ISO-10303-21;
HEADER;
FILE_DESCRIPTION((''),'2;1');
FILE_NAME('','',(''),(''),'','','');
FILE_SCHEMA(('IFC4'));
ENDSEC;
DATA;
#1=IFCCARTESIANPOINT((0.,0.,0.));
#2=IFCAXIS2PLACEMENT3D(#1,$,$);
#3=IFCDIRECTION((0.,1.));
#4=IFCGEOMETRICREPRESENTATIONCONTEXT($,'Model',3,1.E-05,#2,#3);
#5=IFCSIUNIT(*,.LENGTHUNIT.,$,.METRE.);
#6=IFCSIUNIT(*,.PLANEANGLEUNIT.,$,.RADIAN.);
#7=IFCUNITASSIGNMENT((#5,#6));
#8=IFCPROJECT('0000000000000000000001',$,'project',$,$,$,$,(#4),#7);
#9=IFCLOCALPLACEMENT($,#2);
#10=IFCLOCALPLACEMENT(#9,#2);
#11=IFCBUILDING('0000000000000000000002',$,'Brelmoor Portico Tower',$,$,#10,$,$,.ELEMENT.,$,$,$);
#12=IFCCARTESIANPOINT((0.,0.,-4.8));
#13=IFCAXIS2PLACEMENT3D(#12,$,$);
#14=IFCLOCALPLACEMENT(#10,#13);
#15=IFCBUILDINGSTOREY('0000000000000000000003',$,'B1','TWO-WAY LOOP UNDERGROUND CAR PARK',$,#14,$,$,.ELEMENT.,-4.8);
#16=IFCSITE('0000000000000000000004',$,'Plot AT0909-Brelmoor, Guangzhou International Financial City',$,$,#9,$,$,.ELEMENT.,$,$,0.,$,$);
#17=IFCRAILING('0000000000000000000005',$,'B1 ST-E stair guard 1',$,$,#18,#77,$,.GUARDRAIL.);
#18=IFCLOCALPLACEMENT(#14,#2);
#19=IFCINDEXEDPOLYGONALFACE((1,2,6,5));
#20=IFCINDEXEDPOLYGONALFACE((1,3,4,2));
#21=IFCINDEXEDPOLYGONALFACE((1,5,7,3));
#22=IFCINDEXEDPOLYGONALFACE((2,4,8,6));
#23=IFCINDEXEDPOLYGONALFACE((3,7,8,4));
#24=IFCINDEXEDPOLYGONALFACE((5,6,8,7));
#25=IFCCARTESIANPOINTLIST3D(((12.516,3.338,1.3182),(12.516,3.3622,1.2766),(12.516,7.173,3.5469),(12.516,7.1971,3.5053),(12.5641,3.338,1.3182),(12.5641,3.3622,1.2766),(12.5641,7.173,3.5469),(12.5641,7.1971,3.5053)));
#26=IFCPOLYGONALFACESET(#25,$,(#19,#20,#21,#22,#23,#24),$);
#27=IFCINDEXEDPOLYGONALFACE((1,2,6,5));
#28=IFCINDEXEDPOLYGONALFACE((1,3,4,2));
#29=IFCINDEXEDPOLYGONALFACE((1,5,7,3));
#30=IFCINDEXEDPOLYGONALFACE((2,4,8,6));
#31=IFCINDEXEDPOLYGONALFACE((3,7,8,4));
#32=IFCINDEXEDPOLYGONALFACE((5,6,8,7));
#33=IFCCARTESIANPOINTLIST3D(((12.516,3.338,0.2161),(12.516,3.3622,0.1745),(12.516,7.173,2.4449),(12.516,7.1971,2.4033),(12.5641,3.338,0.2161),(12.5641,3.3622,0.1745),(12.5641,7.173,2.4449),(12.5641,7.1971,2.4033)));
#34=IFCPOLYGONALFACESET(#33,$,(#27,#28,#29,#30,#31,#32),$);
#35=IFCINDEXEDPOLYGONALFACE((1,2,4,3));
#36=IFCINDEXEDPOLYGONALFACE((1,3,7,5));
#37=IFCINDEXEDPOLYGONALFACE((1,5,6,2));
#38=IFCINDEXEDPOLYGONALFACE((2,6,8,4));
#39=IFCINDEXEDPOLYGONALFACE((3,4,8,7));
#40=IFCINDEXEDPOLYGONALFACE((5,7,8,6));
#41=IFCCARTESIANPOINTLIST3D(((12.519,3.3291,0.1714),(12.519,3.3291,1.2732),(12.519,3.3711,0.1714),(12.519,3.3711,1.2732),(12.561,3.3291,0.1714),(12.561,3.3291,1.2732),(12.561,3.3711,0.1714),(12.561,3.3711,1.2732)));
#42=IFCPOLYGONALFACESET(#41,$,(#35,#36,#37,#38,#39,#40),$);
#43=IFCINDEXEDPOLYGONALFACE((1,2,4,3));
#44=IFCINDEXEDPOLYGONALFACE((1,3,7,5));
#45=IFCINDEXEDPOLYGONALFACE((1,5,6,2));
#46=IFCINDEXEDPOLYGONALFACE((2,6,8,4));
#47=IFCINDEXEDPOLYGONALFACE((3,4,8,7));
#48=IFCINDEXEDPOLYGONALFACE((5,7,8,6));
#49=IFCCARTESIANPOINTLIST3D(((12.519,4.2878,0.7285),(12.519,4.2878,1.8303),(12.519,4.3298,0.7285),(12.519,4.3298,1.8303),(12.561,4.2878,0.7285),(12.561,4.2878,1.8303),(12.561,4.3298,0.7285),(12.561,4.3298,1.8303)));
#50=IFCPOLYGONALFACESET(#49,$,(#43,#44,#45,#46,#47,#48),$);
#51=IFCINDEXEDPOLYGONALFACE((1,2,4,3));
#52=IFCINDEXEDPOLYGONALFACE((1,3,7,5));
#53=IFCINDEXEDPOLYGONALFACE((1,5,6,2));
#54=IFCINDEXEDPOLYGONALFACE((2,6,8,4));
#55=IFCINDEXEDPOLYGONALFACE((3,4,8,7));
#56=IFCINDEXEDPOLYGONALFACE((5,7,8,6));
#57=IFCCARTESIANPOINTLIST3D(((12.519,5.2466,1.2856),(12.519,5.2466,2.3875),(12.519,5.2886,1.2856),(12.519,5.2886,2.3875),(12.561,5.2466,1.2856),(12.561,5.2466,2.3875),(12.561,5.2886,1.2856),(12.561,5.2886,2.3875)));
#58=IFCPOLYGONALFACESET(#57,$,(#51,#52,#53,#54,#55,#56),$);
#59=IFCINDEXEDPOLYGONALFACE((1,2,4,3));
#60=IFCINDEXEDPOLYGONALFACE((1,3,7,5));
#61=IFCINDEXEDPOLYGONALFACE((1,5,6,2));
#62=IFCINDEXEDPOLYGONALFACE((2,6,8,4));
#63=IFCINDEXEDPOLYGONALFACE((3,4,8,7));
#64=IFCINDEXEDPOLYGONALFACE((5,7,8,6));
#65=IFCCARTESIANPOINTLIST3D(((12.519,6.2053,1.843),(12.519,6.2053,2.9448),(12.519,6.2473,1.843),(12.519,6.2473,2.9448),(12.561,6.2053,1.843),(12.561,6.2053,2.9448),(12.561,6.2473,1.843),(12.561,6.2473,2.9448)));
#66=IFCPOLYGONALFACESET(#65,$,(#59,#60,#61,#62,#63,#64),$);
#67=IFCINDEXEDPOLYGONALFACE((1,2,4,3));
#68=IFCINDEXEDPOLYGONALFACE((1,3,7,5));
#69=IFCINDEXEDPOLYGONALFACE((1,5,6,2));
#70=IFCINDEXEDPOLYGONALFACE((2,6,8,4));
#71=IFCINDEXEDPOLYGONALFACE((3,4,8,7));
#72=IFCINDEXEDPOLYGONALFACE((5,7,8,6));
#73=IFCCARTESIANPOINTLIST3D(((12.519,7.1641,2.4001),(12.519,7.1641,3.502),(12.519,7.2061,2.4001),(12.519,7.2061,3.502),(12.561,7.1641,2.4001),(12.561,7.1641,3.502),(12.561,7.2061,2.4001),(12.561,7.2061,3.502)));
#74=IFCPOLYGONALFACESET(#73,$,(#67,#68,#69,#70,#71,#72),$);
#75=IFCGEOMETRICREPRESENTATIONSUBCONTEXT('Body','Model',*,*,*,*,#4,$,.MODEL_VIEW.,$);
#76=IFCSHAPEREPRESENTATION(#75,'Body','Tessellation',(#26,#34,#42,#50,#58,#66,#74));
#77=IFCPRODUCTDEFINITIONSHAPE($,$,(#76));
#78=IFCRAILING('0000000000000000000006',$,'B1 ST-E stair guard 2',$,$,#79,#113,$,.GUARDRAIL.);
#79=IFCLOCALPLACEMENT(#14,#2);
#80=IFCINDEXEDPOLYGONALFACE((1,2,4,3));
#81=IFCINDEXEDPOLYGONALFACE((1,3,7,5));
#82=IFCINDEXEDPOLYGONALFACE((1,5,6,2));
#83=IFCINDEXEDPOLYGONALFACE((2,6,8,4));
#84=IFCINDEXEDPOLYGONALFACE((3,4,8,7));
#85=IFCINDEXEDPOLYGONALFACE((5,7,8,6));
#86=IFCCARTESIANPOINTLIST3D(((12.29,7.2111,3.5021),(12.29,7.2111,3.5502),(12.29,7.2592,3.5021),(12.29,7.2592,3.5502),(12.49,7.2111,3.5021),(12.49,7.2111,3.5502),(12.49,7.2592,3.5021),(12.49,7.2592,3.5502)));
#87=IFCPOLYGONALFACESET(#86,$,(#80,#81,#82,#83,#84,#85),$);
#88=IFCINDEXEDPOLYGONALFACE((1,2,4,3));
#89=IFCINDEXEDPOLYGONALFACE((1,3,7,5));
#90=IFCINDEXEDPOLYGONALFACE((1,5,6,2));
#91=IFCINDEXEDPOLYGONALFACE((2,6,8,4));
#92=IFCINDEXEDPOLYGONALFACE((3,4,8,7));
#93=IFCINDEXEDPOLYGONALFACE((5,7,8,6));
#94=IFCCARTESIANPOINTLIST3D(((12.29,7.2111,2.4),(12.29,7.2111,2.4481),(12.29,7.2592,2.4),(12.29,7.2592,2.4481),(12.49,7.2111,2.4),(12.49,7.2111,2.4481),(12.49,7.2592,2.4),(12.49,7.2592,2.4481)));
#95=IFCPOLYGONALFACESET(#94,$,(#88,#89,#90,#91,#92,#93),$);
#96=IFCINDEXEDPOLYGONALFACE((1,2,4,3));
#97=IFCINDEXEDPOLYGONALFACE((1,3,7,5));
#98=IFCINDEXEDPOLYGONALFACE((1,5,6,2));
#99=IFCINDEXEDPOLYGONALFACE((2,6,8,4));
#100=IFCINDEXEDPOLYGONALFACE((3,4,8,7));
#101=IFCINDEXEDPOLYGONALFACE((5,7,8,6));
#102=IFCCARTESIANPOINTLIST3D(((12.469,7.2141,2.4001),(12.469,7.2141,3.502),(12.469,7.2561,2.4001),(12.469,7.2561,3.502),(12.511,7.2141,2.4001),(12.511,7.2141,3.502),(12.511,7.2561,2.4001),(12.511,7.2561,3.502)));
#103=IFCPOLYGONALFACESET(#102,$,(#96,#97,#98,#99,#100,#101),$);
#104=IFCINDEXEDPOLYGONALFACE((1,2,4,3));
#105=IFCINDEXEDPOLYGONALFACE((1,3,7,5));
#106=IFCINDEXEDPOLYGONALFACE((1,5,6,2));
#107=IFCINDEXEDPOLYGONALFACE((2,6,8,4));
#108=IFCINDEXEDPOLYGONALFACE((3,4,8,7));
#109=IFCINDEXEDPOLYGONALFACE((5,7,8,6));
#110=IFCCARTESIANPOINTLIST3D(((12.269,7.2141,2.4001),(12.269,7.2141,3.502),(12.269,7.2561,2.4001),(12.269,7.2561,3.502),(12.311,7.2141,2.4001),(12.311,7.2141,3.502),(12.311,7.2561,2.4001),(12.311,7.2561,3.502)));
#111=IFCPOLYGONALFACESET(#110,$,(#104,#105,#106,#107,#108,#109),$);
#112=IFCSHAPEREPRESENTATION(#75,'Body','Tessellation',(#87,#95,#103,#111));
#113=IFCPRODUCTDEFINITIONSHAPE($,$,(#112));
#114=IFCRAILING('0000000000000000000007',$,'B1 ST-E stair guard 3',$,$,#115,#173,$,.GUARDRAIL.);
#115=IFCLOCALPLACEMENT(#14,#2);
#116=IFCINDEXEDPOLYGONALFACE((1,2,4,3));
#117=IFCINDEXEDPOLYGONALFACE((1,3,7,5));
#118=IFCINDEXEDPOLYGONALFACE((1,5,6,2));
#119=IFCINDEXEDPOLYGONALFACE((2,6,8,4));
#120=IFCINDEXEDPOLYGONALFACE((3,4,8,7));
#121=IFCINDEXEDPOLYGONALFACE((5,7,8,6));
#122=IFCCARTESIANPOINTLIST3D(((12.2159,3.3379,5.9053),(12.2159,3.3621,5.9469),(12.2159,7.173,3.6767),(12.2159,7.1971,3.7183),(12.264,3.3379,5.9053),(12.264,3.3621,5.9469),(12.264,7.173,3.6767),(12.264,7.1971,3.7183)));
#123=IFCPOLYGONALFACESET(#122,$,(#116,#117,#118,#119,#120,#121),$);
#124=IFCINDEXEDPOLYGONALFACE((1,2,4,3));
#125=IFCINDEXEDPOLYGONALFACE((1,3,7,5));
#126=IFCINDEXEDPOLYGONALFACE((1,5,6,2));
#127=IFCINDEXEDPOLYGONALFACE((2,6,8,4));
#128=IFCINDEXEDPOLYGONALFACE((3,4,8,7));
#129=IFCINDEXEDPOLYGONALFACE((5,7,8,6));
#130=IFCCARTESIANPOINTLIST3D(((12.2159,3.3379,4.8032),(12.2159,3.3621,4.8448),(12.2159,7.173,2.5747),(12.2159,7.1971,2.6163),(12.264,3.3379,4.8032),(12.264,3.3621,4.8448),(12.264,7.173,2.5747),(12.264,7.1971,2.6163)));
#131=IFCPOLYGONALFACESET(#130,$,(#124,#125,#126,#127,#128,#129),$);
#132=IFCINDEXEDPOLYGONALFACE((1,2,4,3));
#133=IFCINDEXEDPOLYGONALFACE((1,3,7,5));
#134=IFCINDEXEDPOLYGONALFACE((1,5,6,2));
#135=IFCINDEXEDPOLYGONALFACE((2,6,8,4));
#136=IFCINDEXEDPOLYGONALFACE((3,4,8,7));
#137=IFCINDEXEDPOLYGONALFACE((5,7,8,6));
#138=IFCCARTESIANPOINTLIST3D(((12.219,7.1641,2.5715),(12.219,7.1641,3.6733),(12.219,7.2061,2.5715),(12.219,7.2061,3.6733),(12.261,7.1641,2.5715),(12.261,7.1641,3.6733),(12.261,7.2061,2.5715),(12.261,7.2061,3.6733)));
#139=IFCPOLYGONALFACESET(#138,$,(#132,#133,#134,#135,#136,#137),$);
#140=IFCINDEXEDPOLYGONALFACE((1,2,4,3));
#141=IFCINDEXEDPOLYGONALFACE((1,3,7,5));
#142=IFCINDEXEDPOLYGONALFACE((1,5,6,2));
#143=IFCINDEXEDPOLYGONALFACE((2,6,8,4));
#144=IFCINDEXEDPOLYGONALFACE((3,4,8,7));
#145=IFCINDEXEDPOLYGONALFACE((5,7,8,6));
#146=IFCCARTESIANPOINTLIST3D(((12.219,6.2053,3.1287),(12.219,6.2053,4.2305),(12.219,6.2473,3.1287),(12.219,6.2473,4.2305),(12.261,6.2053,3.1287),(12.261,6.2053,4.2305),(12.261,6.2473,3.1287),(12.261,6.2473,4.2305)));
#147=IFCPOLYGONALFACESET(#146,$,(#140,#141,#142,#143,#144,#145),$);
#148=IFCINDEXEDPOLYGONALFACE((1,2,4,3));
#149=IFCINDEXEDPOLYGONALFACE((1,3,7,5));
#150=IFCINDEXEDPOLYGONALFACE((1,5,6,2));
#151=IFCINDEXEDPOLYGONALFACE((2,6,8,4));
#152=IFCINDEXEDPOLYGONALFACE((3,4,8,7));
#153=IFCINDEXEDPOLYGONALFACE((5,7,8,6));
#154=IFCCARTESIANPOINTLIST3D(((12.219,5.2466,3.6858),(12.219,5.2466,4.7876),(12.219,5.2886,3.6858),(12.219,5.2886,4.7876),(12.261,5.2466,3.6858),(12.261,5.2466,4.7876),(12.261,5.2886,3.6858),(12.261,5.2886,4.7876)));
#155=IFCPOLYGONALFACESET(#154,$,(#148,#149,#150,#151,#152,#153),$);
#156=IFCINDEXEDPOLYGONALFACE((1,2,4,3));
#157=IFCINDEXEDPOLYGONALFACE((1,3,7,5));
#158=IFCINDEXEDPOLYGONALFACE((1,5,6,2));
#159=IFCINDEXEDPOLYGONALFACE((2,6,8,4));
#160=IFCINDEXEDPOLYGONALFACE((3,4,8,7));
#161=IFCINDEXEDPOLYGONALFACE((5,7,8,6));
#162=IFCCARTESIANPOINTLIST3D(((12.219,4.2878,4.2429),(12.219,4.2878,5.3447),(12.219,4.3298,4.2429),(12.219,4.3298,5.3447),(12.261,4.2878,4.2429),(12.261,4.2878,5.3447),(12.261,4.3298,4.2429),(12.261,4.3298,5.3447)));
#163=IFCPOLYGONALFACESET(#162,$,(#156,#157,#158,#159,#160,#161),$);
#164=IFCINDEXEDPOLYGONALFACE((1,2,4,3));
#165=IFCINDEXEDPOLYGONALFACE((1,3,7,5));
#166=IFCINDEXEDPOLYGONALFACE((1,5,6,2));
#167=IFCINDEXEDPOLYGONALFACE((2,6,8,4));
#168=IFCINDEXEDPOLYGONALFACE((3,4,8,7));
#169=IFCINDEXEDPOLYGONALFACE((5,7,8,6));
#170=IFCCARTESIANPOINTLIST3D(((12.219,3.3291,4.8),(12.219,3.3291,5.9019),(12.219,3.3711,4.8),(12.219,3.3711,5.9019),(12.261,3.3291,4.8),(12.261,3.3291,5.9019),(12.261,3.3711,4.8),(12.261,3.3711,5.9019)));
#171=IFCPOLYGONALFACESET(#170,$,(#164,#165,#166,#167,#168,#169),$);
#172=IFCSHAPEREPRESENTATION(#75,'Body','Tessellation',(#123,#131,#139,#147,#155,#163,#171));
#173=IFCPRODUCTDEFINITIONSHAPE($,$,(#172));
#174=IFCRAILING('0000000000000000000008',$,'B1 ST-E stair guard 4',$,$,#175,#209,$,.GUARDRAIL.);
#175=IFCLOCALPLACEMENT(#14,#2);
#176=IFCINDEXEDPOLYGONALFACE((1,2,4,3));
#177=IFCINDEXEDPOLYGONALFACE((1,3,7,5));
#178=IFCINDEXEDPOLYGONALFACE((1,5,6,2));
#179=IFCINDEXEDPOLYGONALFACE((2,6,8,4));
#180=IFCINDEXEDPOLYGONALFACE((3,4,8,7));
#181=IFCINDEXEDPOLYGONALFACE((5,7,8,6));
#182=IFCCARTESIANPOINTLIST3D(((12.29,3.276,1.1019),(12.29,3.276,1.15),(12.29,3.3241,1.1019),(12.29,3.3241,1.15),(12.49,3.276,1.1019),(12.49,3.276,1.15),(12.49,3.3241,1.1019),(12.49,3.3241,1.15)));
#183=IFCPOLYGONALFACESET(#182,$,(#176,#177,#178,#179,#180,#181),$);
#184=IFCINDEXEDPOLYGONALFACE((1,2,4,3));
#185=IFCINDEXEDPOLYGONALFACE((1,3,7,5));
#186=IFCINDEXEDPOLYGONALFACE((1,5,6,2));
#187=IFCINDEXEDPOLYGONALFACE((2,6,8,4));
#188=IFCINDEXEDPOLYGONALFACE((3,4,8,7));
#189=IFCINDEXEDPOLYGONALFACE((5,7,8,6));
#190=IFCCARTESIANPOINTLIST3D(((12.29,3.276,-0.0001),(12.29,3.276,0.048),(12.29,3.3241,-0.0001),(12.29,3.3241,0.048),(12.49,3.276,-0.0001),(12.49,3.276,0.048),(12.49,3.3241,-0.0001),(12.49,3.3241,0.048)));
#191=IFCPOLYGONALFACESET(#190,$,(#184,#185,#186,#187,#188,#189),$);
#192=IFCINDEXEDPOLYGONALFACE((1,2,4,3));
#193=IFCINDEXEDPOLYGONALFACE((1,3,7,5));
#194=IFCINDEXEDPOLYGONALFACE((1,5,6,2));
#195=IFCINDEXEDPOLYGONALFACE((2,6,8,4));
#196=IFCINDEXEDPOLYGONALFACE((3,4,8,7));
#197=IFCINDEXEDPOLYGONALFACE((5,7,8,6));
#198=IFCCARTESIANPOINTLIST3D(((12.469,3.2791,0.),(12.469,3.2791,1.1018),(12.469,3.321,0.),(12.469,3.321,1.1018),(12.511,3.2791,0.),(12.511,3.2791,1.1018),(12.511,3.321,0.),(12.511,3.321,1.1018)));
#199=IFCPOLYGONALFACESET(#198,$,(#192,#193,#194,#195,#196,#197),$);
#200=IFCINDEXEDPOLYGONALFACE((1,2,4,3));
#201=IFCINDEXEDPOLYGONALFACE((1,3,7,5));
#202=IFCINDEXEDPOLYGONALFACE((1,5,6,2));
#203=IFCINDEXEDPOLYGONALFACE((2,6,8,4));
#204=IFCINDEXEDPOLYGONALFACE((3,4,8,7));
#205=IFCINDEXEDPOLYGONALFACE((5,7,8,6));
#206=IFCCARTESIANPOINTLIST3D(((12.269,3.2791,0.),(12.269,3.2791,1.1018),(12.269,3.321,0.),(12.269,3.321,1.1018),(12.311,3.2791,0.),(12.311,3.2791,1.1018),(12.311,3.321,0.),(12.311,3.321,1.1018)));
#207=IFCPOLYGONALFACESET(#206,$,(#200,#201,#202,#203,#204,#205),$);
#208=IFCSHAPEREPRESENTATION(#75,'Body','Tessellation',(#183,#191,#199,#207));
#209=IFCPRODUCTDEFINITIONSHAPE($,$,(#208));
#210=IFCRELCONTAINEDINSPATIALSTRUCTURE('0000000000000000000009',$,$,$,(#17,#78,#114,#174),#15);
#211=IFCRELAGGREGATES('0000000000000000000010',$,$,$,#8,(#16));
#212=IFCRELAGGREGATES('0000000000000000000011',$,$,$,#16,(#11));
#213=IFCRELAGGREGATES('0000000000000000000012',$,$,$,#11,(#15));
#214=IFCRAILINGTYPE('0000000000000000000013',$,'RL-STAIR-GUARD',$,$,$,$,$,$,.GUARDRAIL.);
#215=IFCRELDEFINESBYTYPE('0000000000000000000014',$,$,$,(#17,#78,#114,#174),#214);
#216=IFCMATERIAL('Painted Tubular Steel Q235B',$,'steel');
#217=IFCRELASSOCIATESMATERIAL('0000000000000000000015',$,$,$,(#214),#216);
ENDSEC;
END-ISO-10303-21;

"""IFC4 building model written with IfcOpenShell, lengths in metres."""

from ifc_helpers import new_model, si_unit, direction, frame, origin, origin_2d, place, context, subcontext, project, spatial, rectangle, extrude, material, type_object, element, save


model = new_model("IFC4")

# Units and contexts
model_context = context("Model", 3, precision=1e-05, world=origin(), true_north=direction((0.0, 1.0)))
body_context = subcontext(model_context, "Body", "Model", "MODEL_VIEW")
ifc_project = project(units=[si_unit("LENGTHUNIT", "METRE"), si_unit("PLANEANGLEUNIT", "RADIAN")], contexts=[model_context])

# Site, building, storey
site_placement = place(None, origin())
site = spatial("IfcSite", under=ifc_project, at=site_placement, Name="Plot AT0909-Brelmoor, Guangzhou International Financial City", CompositionType="ELEMENT", RefElevation=0.0)
building_placement = place(site_placement, origin())
building = spatial("IfcBuilding", under=site, at=building_placement, Name="Brelmoor Portico Tower", CompositionType="ELEMENT")
storey_placement = place(building_placement, frame((0.0, 0.0, -4.8)))
storey = spatial("IfcBuildingStorey", under=building, at=storey_placement, Name="B1", Description="TWO-WAY LOOP UNDERGROUND CAR PARK", CompositionType="ELEMENT", Elevation=-4.8)

# Railings
ifc_material_1 = material(Name="Painted Tubular Steel Q235B", Category="steel")
railing_type_1 = type_object("IfcRailingType", Name="RL-STAIR-GUARD", PredefinedType="GUARDRAIL", material=ifc_material_1)
railing_1_placement = place(storey_placement, frame((12.54, 3.3501, 0.1714)))
element("IfcRailing", 1, at=railing_1_placement, inside=storey, type_object=railing_type_1, Name="B1 ST-E stair guard 1", PredefinedType="GUARDRAIL", context=body_context, shape_type="SweptSolid", body=[
    extrude(rectangle(XDim=0.0481, YDim=0.0481, at=origin_2d()), frame((0.0, 0.0, 1.126), z_axis=(0.0, 0.864592, 0.502474), x_axis=(-1.0, 0.0, 0.0)), (0.0, 0.0, 1.0), 4.4355),
    extrude(rectangle(XDim=0.0481, YDim=0.0481, at=origin_2d()), frame((0.0, 0.0, 0.0239), z_axis=(0.0, 0.864592, 0.502474), x_axis=(-1.0, 0.0, 0.0)), (0.0, 0.0, 1.0), 4.4355),
    extrude(rectangle(XDim=0.042, YDim=0.042, at=origin_2d()), origin(), (0.0, 0.0, 1.0), 1.1018),
    extrude(rectangle(XDim=0.042, YDim=0.042, at=origin_2d()), frame((0.0, 0.9587, 0.5571)), (0.0, 0.0, 1.0), 1.1018),
    extrude(rectangle(XDim=0.042, YDim=0.042, at=origin_2d()), frame((0.0, 1.9175, 1.1143)), (0.0, 0.0, 1.0), 1.1018),
    extrude(rectangle(XDim=0.042, YDim=0.042, at=origin_2d()), frame((0.0, 2.8762, 1.6716)), (0.0, 0.0, 1.0), 1.1018),
    extrude(rectangle(XDim=0.042, YDim=0.042, at=origin_2d()), frame((0.0, 3.835, 2.2288)), (0.0, 0.0, 1.0), 1.1018),
])
railing_2_placement = place(storey_placement, frame((12.49, 7.2351, 2.4001)))
element("IfcRailing", 2, at=railing_2_placement, inside=storey, type_object=railing_type_1, Name="B1 ST-E stair guard 2", PredefinedType="GUARDRAIL", context=body_context, shape_type="SweptSolid", body=[
    extrude(rectangle(XDim=0.0481, YDim=0.0481, at=origin_2d()), frame((0.0, 0.0, 1.126), z_axis=(-1.0, 0.0, 0.0), x_axis=(0.0, -1.0, 0.0)), (0.0, 0.0, 1.0), 0.2),
    extrude(rectangle(XDim=0.0481, YDim=0.0481, at=origin_2d()), frame((0.0, 0.0, 0.0239), z_axis=(-1.0, 0.0, 0.0), x_axis=(0.0, -1.0, 0.0)), (0.0, 0.0, 1.0), 0.2),
    extrude(rectangle(XDim=0.042, YDim=0.042, at=origin_2d()), origin(), (0.0, 0.0, 1.0), 1.1018),
    extrude(rectangle(XDim=0.042, YDim=0.042, at=origin_2d()), frame((-0.2, 0.0, 0.0)), (0.0, 0.0, 1.0), 1.1018),
])
railing_3_placement = place(storey_placement, frame((12.24, 7.1851, 2.5715)))
element("IfcRailing", 3, at=railing_3_placement, inside=storey, type_object=railing_type_1, Name="B1 ST-E stair guard 3", PredefinedType="GUARDRAIL", context=body_context, shape_type="SweptSolid", body=[
    extrude(rectangle(XDim=0.0481, YDim=0.0481, at=origin_2d()), frame((0.0, 0.0, 1.126), z_axis=(0.0, -0.864616, 0.502433), x_axis=(1.0, 0.0, 0.0)), (0.0, 0.0, 1.0), 4.4355),
    extrude(rectangle(XDim=0.0481, YDim=0.0481, at=origin_2d()), frame((0.0, 0.0, 0.0239), z_axis=(0.0, -0.864616, 0.502433), x_axis=(1.0, 0.0, 0.0)), (0.0, 0.0, 1.0), 4.4355),
    extrude(rectangle(XDim=0.042, YDim=0.042, at=origin_2d()), origin(), (0.0, 0.0, 1.0), 1.1018),
    extrude(rectangle(XDim=0.042, YDim=0.042, at=origin_2d()), frame((0.0, -0.9587, 0.5571)), (0.0, 0.0, 1.0), 1.1018),
    extrude(rectangle(XDim=0.042, YDim=0.042, at=origin_2d()), frame((0.0, -1.9175, 1.1143)), (0.0, 0.0, 1.0), 1.1018),
    extrude(rectangle(XDim=0.042, YDim=0.042, at=origin_2d()), frame((0.0, -2.8762, 1.6714)), (0.0, 0.0, 1.0), 1.1018),
    extrude(rectangle(XDim=0.042, YDim=0.042, at=origin_2d()), frame((0.0, -3.835, 2.2285)), (0.0, 0.0, 1.0), 1.1018),
])
railing_4_placement = place(storey_placement, frame((12.49, 3.3, 0.0)))
element("IfcRailing", 4, at=railing_4_placement, inside=storey, type_object=railing_type_1, Name="B1 ST-E stair guard 4", PredefinedType="GUARDRAIL", context=body_context, shape_type="SweptSolid", body=[
    extrude(rectangle(XDim=0.0481, YDim=0.0481, at=origin_2d()), frame((0.0, 0.0, 1.126), z_axis=(-1.0, 0.0, 0.0), x_axis=(0.0, -1.0, 0.0)), (0.0, 0.0, 1.0), 0.2),
    extrude(rectangle(XDim=0.0481, YDim=0.0481, at=origin_2d()), frame((0.0, 0.0, 0.0239), z_axis=(-1.0, 0.0, 0.0), x_axis=(0.0, -1.0, 0.0)), (0.0, 0.0, 1.0), 0.2),
    extrude(rectangle(XDim=0.042, YDim=0.042, at=origin_2d()), origin(), (0.0, 0.0, 1.0), 1.1018),
    extrude(rectangle(XDim=0.042, YDim=0.042, at=origin_2d()), frame((-0.2, 0.0, 0.0)), (0.0, 0.0, 1.0), 1.1018),
])

save(model, "model.ifc")
